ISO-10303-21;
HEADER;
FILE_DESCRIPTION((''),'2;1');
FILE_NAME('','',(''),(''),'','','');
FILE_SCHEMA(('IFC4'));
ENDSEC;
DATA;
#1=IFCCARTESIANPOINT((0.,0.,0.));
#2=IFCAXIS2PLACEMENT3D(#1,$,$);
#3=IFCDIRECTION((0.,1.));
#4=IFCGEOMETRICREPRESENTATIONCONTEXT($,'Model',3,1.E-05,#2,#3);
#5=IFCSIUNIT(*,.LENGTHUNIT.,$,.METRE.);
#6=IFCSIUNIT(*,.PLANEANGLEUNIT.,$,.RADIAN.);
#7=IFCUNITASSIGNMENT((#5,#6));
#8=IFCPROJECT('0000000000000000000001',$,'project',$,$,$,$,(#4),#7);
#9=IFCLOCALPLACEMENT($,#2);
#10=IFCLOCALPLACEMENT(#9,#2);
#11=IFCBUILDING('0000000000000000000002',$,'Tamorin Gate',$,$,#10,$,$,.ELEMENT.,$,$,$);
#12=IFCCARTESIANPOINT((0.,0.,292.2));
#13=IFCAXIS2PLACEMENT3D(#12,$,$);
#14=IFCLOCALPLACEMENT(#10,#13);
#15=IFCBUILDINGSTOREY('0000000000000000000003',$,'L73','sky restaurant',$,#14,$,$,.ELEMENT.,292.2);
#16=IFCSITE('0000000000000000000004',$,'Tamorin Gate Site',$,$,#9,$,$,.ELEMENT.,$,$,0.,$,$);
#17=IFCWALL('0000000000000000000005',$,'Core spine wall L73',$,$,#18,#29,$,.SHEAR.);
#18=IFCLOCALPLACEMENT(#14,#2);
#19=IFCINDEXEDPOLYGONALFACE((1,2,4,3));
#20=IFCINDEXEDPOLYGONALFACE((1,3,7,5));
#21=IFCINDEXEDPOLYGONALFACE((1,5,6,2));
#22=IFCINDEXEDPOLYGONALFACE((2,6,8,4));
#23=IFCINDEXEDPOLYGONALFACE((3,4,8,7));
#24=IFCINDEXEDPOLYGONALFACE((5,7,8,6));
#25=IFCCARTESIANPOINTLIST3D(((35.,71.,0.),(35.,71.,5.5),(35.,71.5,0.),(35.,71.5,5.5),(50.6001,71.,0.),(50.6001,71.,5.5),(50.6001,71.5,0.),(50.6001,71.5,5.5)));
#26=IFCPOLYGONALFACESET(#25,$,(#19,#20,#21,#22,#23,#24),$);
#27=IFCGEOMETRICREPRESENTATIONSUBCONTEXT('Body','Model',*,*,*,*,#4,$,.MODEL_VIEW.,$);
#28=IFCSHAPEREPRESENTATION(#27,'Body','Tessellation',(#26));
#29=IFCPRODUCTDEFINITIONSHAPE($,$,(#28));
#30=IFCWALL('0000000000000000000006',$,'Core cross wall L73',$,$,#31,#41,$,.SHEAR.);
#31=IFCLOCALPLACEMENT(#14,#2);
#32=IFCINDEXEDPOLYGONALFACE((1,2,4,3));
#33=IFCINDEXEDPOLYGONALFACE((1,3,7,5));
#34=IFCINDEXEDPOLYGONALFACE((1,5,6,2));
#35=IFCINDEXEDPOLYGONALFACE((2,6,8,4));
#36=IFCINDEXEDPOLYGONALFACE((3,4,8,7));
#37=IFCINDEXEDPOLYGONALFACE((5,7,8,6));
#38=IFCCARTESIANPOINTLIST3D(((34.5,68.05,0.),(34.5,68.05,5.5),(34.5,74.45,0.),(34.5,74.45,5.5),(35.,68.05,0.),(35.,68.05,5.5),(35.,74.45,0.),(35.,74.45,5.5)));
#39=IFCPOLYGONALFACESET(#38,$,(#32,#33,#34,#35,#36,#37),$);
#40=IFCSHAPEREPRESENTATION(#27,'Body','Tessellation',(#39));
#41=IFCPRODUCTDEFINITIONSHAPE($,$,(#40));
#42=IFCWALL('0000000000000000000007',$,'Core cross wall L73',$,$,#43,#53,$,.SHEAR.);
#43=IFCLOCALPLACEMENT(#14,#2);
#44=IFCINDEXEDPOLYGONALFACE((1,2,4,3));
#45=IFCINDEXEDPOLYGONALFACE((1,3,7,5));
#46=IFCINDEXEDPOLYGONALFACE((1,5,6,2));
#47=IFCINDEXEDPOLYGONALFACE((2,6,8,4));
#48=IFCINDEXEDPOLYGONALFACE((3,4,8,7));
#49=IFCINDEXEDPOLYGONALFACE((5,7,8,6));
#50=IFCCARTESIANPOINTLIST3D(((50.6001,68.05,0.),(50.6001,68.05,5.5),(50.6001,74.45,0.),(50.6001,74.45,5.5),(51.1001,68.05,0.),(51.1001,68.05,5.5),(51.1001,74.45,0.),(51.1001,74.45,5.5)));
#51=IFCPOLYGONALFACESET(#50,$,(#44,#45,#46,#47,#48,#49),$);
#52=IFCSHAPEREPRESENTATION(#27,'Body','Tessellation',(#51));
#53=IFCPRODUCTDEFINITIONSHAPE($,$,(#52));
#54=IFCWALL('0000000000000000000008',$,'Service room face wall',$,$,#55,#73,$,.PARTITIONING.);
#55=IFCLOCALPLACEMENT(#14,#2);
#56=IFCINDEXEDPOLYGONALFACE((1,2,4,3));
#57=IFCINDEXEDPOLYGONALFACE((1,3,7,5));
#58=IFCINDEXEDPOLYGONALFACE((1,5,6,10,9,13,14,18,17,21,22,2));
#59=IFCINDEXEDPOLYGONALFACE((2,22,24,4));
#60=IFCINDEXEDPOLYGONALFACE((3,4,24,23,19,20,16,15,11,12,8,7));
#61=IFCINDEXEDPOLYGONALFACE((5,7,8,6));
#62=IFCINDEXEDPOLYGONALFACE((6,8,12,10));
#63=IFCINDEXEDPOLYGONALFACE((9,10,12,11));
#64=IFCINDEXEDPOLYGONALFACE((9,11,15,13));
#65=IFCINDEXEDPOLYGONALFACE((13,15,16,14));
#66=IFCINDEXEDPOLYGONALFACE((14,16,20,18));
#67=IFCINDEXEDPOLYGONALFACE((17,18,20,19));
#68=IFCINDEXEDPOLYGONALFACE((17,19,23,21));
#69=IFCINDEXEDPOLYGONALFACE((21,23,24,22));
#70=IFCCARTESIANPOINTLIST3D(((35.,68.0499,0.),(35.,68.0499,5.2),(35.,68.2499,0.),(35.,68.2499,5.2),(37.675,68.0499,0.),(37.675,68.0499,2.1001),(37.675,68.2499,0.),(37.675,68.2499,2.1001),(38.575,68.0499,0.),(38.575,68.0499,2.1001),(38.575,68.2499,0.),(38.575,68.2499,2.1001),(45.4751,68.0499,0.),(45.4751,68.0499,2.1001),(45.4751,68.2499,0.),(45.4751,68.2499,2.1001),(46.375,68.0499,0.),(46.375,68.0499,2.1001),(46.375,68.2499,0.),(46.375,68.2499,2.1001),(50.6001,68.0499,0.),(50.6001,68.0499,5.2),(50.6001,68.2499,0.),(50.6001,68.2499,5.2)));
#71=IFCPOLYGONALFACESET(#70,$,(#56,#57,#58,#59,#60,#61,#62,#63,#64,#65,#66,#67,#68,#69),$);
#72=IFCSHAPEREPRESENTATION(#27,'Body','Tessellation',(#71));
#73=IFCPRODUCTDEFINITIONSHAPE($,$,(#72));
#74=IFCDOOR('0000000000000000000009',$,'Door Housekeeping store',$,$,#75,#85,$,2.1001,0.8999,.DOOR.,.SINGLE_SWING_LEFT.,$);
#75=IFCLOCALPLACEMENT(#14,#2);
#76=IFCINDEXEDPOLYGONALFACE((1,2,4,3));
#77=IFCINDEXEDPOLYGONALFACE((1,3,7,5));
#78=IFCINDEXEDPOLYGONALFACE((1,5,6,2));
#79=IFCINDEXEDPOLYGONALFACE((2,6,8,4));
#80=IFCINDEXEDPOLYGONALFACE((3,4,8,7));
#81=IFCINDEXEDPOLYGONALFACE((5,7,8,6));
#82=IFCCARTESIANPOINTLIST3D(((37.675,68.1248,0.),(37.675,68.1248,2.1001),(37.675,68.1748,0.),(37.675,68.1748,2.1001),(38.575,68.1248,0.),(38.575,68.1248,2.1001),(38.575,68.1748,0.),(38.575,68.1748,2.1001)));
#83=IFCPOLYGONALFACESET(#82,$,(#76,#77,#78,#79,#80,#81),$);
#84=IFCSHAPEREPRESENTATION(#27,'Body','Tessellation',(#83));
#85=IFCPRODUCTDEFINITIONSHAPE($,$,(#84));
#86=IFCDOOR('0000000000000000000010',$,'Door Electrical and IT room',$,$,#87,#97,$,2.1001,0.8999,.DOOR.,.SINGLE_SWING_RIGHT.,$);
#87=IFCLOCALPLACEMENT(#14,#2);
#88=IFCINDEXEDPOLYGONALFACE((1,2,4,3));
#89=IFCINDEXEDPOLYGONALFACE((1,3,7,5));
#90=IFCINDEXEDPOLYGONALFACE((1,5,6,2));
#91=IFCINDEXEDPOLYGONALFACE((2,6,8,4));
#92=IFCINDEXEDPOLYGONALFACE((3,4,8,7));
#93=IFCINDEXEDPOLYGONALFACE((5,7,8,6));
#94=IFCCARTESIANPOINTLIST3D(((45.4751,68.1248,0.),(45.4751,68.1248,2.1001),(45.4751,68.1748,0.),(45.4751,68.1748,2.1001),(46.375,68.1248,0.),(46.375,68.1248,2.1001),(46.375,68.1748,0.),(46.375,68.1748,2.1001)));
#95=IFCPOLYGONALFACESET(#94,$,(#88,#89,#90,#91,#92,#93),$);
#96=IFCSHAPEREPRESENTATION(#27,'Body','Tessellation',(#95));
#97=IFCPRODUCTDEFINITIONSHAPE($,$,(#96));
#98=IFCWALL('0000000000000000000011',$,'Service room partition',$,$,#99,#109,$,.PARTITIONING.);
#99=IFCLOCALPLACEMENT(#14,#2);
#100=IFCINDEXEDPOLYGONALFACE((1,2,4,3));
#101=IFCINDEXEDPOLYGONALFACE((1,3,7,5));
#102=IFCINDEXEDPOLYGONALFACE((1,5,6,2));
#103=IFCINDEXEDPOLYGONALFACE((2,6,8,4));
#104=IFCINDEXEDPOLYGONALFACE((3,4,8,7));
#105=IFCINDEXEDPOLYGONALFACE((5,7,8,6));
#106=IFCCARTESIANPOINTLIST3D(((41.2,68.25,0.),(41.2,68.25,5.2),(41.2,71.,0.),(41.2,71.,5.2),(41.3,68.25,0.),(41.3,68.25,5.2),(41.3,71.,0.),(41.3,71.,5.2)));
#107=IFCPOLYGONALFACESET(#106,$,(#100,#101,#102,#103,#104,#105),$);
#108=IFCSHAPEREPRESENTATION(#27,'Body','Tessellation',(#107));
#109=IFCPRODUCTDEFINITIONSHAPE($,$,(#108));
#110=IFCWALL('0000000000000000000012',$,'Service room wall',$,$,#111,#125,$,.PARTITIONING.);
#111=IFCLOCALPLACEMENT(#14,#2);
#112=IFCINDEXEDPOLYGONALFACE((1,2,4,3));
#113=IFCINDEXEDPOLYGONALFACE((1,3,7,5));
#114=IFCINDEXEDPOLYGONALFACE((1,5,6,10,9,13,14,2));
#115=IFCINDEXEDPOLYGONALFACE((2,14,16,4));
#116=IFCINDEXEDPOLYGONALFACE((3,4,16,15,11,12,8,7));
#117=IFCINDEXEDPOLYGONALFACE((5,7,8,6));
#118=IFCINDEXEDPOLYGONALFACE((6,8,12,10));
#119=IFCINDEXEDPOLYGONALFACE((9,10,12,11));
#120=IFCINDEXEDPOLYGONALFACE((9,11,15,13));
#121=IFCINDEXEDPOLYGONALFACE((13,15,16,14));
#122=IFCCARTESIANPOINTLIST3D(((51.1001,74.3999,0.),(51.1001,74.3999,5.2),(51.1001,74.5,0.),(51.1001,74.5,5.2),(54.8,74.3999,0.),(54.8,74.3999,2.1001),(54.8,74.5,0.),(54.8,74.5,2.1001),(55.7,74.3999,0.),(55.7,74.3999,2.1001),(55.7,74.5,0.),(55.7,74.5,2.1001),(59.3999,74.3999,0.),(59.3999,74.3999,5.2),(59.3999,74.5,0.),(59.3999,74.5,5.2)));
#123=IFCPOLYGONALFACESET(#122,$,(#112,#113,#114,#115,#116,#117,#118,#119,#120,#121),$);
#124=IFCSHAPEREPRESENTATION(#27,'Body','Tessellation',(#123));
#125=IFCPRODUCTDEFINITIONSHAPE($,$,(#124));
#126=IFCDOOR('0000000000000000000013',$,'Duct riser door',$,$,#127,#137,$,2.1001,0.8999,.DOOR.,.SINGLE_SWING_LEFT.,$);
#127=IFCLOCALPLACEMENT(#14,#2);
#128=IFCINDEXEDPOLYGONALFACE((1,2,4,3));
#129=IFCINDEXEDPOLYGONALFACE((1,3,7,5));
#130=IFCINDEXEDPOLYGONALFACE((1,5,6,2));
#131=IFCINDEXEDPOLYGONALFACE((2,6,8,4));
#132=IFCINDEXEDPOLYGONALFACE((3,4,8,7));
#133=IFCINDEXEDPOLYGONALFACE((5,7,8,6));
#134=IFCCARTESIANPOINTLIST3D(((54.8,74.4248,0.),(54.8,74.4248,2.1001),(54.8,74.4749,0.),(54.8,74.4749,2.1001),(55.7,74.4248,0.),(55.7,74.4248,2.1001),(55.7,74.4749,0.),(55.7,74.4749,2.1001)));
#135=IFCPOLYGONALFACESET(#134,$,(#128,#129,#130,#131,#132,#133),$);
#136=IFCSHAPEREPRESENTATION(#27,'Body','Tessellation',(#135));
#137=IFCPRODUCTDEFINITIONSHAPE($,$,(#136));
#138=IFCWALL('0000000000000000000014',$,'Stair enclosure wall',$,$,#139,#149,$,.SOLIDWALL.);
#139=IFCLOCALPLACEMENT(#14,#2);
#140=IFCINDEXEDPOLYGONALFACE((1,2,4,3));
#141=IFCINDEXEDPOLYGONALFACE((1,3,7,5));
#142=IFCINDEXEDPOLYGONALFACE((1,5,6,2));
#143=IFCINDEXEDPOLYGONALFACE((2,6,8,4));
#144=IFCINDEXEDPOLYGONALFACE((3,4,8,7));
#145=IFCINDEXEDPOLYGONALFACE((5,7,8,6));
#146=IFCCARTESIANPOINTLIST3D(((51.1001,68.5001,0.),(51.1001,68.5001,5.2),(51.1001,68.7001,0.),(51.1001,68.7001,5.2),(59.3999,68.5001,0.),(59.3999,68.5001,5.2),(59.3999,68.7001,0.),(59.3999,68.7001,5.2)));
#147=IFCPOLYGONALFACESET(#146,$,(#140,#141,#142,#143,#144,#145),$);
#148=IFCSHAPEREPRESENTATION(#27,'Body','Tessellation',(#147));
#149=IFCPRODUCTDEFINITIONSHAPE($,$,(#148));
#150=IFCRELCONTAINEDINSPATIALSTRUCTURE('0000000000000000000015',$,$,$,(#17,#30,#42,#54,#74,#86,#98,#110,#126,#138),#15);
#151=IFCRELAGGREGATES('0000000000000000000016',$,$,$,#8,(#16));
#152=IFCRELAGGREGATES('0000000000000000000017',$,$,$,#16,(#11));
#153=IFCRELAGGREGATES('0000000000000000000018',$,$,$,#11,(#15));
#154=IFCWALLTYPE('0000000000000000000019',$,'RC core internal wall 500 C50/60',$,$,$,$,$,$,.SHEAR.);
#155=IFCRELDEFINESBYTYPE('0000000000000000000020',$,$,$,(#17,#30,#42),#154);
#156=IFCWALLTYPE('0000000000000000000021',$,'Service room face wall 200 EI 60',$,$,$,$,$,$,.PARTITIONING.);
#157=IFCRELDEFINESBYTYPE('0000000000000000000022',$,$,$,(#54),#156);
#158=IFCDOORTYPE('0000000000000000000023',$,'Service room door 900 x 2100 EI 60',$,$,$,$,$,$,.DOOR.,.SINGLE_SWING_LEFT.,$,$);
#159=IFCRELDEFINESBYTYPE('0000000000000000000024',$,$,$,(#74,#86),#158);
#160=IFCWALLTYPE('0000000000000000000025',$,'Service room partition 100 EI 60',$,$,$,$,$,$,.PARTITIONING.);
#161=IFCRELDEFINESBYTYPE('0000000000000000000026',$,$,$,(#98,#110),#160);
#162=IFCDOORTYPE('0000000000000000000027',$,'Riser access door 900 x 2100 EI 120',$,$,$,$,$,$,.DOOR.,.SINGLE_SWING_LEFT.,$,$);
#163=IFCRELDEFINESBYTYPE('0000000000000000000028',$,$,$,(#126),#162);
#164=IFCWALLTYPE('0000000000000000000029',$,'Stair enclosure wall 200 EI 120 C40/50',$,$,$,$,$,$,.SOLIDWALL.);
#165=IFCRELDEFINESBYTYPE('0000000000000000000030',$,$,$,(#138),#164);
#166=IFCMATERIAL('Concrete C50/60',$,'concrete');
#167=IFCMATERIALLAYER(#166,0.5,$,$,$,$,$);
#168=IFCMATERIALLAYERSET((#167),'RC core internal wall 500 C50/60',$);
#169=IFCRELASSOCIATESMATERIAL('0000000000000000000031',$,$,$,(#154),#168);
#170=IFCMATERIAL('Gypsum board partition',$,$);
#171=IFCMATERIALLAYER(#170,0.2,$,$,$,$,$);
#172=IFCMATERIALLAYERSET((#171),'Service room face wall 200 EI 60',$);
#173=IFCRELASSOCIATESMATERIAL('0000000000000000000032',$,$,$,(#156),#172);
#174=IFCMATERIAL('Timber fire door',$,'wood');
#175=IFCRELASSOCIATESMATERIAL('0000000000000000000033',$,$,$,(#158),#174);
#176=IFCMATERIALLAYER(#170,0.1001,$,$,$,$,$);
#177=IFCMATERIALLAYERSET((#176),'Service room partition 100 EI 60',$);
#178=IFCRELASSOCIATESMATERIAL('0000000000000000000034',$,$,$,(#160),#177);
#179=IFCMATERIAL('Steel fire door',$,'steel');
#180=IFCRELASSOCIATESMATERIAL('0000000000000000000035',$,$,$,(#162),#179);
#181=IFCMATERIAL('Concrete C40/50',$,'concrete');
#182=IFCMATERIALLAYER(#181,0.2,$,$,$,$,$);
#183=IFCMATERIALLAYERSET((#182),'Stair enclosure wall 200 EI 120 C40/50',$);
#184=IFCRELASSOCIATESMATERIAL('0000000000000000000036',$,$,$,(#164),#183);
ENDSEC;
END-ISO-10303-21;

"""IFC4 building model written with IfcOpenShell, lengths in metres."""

from ifc_helpers import new_model, si_unit, direction, frame, frame_2d, origin, place, context, subcontext, project, spatial, rectangle, extrude, material, layer, layer_set, type_object, element, fill, save


model = new_model("IFC4")

# Units and contexts
model_context = context("Model", 3, precision=1e-05, world=origin(), true_north=direction((0.0, 1.0)))
body_context = subcontext(model_context, "Body", "Model", "MODEL_VIEW")
ifc_project = project(units=[si_unit("LENGTHUNIT", "METRE"), si_unit("PLANEANGLEUNIT", "RADIAN")], contexts=[model_context])

# Site, building, storey
site_placement = place(None, origin())
site = spatial("IfcSite", under=ifc_project, at=site_placement, Name="Tamorin Gate Site", CompositionType="ELEMENT", RefElevation=0.0)
building_placement = place(site_placement, origin())
building = spatial("IfcBuilding", under=site, at=building_placement, Name="Tamorin Gate", CompositionType="ELEMENT")
storey_placement = place(building_placement, frame((0.0, 0.0, 292.2)))
storey = spatial("IfcBuildingStorey", under=building, at=storey_placement, Name="L73", Description="sky restaurant", CompositionType="ELEMENT", Elevation=292.2)

# Shared definitions
ifc_material_1 = material(Name="Concrete C50/60", Category="concrete")

# Walls
ifc_layer_1 = layer(ifc_material_1, 0.5)
ifc_layer_set_1 = layer_set([ifc_layer_1], Name="RC core internal wall 500 C50/60")
wall_type_1 = type_object("IfcWallType", Name="RC core internal wall 500 C50/60", PredefinedType="SHEAR", material=ifc_layer_set_1)
wall_1_placement = place(storey_placement, frame((35.0, 71.25, 0.0), z_axis=(0.0, 0.0, 1.0), x_axis=(1.0, 0.0, 0.0)))
element("IfcWall", 1, at=wall_1_placement, inside=storey, type_object=wall_type_1, Name="Core spine wall L73", PredefinedType="SHEAR", context=body_context, shape_type="SweptSolid", body=[
    extrude(rectangle(XDim=15.6001, YDim=0.5, at=frame_2d((7.8, 0.0))), origin(), (0.0, 0.0, 1.0), 5.5),
])
for number, where, z_axis, x_axis, name in (
    (2, (34.75, 68.05, 0.0), (0.0, 0.0, 1.0), (0.0, 1.0, 0.0), "Core cross wall L73"),
    (3, (50.8501, 68.05, 0.0), (0.0, 0.0, 1.0), (0.0, 1.0, 0.0), "Core cross wall L73"),
):
    element("IfcWall", number, at=place(storey_placement, frame(where, z_axis=z_axis, x_axis=x_axis)), inside=storey, type_object=wall_type_1, Name=name, PredefinedType="SHEAR", context=body_context, shape_type="SweptSolid", body=[
        extrude(rectangle(XDim=6.3999, YDim=0.5, at=frame_2d((3.2, 0.0))), origin(), (0.0, 0.0, 1.0), 5.5),
    ])

# Wall, openings, doors
ifc_material_2 = material(Name="Gypsum board partition")
ifc_layer_2 = layer(ifc_material_2, 0.2)
ifc_layer_set_2 = layer_set([ifc_layer_2], Name="Service room face wall 200 EI 60")
wall_type_2 = type_object("IfcWallType", Name="Service room face wall 200 EI 60", PredefinedType="PARTITIONING", material=ifc_layer_set_2)
wall_2_placement = place(storey_placement, frame((35.0, 68.1499, 0.0), z_axis=(0.0, 0.0, 1.0), x_axis=(1.0, 0.0, 0.0)))
wall_2 = element("IfcWall", 4, at=wall_2_placement, inside=storey, type_object=wall_type_2, Name="Service room face wall", PredefinedType="PARTITIONING", context=body_context, shape_type="SweptSolid", body=[
    extrude(rectangle(XDim=15.6001, YDim=0.2, at=frame_2d((7.8, 0.0))), origin(), (0.0, 0.0, 1.0), 5.2),
])
opening_1_placement = place(wall_2_placement, frame((2.675, 0.0, 0.0)))
opening_1 = element("IfcOpeningElement", 5, at=opening_1_placement, cuts=wall_2, PredefinedType="OPENING", context=body_context, shape_type="SweptSolid", body=[
    extrude(rectangle(XDim=0.8999, YDim=2.1001, at=frame_2d((0.45, 1.05))), frame((0.0, 0.1099, 0.0), z_axis=(0.0, -1.0, 0.0), x_axis=(1.0, 0.0, 0.0)), (0.0, 0.0, 1.0), 0.22),
])
opening_2_placement = place(wall_2_placement, frame((10.4751, 0.0, 0.0)))
opening_2 = element("IfcOpeningElement", 6, at=opening_2_placement, cuts=wall_2, PredefinedType="OPENING", context=body_context, shape_type="SweptSolid", body=[
    extrude(rectangle(XDim=0.8999, YDim=2.1001, at=frame_2d((0.45, 1.05))), frame((0.0, 0.1099, 0.0), z_axis=(0.0, -1.0, 0.0), x_axis=(1.0, 0.0, 0.0)), (0.0, 0.0, 1.0), 0.22),
])
ifc_material_3 = material(Name="Timber fire door", Category="wood")
door_type_1 = type_object("IfcDoorType", Name="Service room door 900 x 2100 EI 60", OperationType="SINGLE_SWING_LEFT", PredefinedType="DOOR", material=ifc_material_3)
door_1_placement = place(opening_1_placement, origin())
door_1 = element("IfcDoor", 7, at=door_1_placement, inside=storey, type_object=door_type_1, Name="Door Housekeeping store", OperationType="SINGLE_SWING_LEFT", OverallHeight=2.1001, OverallWidth=0.8999, PredefinedType="DOOR", context=body_context, shape_type="SweptSolid", body=[
    extrude(rectangle(XDim=0.8999, YDim=2.1001, at=frame_2d((0.45, 1.05))), frame((0.0, 0.0249, 0.0), z_axis=(0.0, -1.0, 0.0), x_axis=(1.0, 0.0, 0.0)), (0.0, 0.0, 1.0), 0.05),
])
fill(opening_1, door_1)
door_2_placement = place(opening_2_placement, origin())
door_2 = element("IfcDoor", 8, at=door_2_placement, inside=storey, type_object=door_type_1, Name="Door Electrical and IT room", OperationType="SINGLE_SWING_RIGHT", OverallHeight=2.1001, OverallWidth=0.8999, PredefinedType="DOOR", context=body_context, shape_type="SweptSolid", body=[
    extrude(rectangle(XDim=0.8999, YDim=2.1001, at=frame_2d((0.45, 1.05))), frame((0.0, 0.0249, 0.0), z_axis=(0.0, -1.0, 0.0), x_axis=(1.0, 0.0, 0.0)), (0.0, 0.0, 1.0), 0.05),
])
fill(opening_2, door_2)

# Wall
ifc_layer_3 = layer(ifc_material_2, 0.1001)
ifc_layer_set_3 = layer_set([ifc_layer_3], Name="Service room partition 100 EI 60")
wall_type_3 = type_object("IfcWallType", Name="Service room partition 100 EI 60", PredefinedType="PARTITIONING", material=ifc_layer_set_3)
wall_3_placement = place(storey_placement, frame((41.25, 68.25, 0.0), z_axis=(0.0, 0.0, 1.0), x_axis=(0.0, 1.0, 0.0)))
element("IfcWall", 9, at=wall_3_placement, inside=storey, type_object=wall_type_3, Name="Service room partition", PredefinedType="PARTITIONING", context=body_context, shape_type="SweptSolid", body=[
    extrude(rectangle(XDim=2.75, YDim=0.1001, at=frame_2d((1.375, 0.0))), origin(), (0.0, 0.0, 1.0), 5.2),
])

# Wall, opening, door
wall_4_placement = place(storey_placement, frame((51.1001, 74.45, 0.0), z_axis=(0.0, 0.0, 1.0), x_axis=(1.0, 0.0, 0.0)))
wall_4 = element("IfcWall", 10, at=wall_4_placement, inside=storey, type_object=wall_type_3, Name="Service room wall", PredefinedType="PARTITIONING", context=body_context, shape_type="SweptSolid", body=[
    extrude(rectangle(XDim=8.2998, YDim=0.1001, at=frame_2d((4.1499, 0.0))), origin(), (0.0, 0.0, 1.0), 5.2),
])
opening_3_placement = place(wall_4_placement, frame((3.7, 0.0, 0.0)))
opening_3 = element("IfcOpeningElement", 11, at=opening_3_placement, cuts=wall_4, PredefinedType="OPENING", context=body_context, shape_type="SweptSolid", body=[
    extrude(rectangle(XDim=0.8999, YDim=2.1001, at=frame_2d((0.45, 1.05))), frame((0.0, 0.0601, 0.0), z_axis=(0.0, -1.0, 0.0), x_axis=(1.0, 0.0, 0.0)), (0.0, 0.0, 1.0), 0.1201),
])
ifc_material_4 = material(Name="Steel fire door", Category="steel")
door_type_2 = type_object("IfcDoorType", Name="Riser access door 900 x 2100 EI 120", OperationType="SINGLE_SWING_LEFT", PredefinedType="DOOR", material=ifc_material_4)
door_3_placement = place(opening_3_placement, origin())
door_3 = element("IfcDoor", 12, at=door_3_placement, inside=storey, type_object=door_type_2, Name="Duct riser door", OperationType="SINGLE_SWING_LEFT", OverallHeight=2.1001, OverallWidth=0.8999, PredefinedType="DOOR", context=body_context, shape_type="SweptSolid", body=[
    extrude(rectangle(XDim=0.8999, YDim=2.1001, at=frame_2d((0.45, 1.05))), frame((0.0, 0.0249, 0.0), z_axis=(0.0, -1.0, 0.0), x_axis=(1.0, 0.0, 0.0)), (0.0, 0.0, 1.0), 0.05),
])
fill(opening_3, door_3)

# Wall
ifc_material_5 = material(Name="Concrete C40/50", Category="concrete")
ifc_layer_4 = layer(ifc_material_5, 0.2)
ifc_layer_set_4 = layer_set([ifc_layer_4], Name="Stair enclosure wall 200 EI 120 C40/50")
wall_type_4 = type_object("IfcWallType", Name="Stair enclosure wall 200 EI 120 C40/50", PredefinedType="SOLIDWALL", material=ifc_layer_set_4)
wall_5_placement = place(storey_placement, frame((51.1001, 68.6001, 0.0), z_axis=(0.0, 0.0, 1.0), x_axis=(1.0, 0.0, 0.0)))
element("IfcWall", 13, at=wall_5_placement, inside=storey, type_object=wall_type_4, Name="Stair enclosure wall", PredefinedType="SOLIDWALL", context=body_context, shape_type="SweptSolid", body=[
    extrude(rectangle(XDim=8.2998, YDim=0.2, at=frame_2d((4.1499, 0.0))), origin(), (0.0, 0.0, 1.0), 5.2),
])

save(model, "model.ifc")
